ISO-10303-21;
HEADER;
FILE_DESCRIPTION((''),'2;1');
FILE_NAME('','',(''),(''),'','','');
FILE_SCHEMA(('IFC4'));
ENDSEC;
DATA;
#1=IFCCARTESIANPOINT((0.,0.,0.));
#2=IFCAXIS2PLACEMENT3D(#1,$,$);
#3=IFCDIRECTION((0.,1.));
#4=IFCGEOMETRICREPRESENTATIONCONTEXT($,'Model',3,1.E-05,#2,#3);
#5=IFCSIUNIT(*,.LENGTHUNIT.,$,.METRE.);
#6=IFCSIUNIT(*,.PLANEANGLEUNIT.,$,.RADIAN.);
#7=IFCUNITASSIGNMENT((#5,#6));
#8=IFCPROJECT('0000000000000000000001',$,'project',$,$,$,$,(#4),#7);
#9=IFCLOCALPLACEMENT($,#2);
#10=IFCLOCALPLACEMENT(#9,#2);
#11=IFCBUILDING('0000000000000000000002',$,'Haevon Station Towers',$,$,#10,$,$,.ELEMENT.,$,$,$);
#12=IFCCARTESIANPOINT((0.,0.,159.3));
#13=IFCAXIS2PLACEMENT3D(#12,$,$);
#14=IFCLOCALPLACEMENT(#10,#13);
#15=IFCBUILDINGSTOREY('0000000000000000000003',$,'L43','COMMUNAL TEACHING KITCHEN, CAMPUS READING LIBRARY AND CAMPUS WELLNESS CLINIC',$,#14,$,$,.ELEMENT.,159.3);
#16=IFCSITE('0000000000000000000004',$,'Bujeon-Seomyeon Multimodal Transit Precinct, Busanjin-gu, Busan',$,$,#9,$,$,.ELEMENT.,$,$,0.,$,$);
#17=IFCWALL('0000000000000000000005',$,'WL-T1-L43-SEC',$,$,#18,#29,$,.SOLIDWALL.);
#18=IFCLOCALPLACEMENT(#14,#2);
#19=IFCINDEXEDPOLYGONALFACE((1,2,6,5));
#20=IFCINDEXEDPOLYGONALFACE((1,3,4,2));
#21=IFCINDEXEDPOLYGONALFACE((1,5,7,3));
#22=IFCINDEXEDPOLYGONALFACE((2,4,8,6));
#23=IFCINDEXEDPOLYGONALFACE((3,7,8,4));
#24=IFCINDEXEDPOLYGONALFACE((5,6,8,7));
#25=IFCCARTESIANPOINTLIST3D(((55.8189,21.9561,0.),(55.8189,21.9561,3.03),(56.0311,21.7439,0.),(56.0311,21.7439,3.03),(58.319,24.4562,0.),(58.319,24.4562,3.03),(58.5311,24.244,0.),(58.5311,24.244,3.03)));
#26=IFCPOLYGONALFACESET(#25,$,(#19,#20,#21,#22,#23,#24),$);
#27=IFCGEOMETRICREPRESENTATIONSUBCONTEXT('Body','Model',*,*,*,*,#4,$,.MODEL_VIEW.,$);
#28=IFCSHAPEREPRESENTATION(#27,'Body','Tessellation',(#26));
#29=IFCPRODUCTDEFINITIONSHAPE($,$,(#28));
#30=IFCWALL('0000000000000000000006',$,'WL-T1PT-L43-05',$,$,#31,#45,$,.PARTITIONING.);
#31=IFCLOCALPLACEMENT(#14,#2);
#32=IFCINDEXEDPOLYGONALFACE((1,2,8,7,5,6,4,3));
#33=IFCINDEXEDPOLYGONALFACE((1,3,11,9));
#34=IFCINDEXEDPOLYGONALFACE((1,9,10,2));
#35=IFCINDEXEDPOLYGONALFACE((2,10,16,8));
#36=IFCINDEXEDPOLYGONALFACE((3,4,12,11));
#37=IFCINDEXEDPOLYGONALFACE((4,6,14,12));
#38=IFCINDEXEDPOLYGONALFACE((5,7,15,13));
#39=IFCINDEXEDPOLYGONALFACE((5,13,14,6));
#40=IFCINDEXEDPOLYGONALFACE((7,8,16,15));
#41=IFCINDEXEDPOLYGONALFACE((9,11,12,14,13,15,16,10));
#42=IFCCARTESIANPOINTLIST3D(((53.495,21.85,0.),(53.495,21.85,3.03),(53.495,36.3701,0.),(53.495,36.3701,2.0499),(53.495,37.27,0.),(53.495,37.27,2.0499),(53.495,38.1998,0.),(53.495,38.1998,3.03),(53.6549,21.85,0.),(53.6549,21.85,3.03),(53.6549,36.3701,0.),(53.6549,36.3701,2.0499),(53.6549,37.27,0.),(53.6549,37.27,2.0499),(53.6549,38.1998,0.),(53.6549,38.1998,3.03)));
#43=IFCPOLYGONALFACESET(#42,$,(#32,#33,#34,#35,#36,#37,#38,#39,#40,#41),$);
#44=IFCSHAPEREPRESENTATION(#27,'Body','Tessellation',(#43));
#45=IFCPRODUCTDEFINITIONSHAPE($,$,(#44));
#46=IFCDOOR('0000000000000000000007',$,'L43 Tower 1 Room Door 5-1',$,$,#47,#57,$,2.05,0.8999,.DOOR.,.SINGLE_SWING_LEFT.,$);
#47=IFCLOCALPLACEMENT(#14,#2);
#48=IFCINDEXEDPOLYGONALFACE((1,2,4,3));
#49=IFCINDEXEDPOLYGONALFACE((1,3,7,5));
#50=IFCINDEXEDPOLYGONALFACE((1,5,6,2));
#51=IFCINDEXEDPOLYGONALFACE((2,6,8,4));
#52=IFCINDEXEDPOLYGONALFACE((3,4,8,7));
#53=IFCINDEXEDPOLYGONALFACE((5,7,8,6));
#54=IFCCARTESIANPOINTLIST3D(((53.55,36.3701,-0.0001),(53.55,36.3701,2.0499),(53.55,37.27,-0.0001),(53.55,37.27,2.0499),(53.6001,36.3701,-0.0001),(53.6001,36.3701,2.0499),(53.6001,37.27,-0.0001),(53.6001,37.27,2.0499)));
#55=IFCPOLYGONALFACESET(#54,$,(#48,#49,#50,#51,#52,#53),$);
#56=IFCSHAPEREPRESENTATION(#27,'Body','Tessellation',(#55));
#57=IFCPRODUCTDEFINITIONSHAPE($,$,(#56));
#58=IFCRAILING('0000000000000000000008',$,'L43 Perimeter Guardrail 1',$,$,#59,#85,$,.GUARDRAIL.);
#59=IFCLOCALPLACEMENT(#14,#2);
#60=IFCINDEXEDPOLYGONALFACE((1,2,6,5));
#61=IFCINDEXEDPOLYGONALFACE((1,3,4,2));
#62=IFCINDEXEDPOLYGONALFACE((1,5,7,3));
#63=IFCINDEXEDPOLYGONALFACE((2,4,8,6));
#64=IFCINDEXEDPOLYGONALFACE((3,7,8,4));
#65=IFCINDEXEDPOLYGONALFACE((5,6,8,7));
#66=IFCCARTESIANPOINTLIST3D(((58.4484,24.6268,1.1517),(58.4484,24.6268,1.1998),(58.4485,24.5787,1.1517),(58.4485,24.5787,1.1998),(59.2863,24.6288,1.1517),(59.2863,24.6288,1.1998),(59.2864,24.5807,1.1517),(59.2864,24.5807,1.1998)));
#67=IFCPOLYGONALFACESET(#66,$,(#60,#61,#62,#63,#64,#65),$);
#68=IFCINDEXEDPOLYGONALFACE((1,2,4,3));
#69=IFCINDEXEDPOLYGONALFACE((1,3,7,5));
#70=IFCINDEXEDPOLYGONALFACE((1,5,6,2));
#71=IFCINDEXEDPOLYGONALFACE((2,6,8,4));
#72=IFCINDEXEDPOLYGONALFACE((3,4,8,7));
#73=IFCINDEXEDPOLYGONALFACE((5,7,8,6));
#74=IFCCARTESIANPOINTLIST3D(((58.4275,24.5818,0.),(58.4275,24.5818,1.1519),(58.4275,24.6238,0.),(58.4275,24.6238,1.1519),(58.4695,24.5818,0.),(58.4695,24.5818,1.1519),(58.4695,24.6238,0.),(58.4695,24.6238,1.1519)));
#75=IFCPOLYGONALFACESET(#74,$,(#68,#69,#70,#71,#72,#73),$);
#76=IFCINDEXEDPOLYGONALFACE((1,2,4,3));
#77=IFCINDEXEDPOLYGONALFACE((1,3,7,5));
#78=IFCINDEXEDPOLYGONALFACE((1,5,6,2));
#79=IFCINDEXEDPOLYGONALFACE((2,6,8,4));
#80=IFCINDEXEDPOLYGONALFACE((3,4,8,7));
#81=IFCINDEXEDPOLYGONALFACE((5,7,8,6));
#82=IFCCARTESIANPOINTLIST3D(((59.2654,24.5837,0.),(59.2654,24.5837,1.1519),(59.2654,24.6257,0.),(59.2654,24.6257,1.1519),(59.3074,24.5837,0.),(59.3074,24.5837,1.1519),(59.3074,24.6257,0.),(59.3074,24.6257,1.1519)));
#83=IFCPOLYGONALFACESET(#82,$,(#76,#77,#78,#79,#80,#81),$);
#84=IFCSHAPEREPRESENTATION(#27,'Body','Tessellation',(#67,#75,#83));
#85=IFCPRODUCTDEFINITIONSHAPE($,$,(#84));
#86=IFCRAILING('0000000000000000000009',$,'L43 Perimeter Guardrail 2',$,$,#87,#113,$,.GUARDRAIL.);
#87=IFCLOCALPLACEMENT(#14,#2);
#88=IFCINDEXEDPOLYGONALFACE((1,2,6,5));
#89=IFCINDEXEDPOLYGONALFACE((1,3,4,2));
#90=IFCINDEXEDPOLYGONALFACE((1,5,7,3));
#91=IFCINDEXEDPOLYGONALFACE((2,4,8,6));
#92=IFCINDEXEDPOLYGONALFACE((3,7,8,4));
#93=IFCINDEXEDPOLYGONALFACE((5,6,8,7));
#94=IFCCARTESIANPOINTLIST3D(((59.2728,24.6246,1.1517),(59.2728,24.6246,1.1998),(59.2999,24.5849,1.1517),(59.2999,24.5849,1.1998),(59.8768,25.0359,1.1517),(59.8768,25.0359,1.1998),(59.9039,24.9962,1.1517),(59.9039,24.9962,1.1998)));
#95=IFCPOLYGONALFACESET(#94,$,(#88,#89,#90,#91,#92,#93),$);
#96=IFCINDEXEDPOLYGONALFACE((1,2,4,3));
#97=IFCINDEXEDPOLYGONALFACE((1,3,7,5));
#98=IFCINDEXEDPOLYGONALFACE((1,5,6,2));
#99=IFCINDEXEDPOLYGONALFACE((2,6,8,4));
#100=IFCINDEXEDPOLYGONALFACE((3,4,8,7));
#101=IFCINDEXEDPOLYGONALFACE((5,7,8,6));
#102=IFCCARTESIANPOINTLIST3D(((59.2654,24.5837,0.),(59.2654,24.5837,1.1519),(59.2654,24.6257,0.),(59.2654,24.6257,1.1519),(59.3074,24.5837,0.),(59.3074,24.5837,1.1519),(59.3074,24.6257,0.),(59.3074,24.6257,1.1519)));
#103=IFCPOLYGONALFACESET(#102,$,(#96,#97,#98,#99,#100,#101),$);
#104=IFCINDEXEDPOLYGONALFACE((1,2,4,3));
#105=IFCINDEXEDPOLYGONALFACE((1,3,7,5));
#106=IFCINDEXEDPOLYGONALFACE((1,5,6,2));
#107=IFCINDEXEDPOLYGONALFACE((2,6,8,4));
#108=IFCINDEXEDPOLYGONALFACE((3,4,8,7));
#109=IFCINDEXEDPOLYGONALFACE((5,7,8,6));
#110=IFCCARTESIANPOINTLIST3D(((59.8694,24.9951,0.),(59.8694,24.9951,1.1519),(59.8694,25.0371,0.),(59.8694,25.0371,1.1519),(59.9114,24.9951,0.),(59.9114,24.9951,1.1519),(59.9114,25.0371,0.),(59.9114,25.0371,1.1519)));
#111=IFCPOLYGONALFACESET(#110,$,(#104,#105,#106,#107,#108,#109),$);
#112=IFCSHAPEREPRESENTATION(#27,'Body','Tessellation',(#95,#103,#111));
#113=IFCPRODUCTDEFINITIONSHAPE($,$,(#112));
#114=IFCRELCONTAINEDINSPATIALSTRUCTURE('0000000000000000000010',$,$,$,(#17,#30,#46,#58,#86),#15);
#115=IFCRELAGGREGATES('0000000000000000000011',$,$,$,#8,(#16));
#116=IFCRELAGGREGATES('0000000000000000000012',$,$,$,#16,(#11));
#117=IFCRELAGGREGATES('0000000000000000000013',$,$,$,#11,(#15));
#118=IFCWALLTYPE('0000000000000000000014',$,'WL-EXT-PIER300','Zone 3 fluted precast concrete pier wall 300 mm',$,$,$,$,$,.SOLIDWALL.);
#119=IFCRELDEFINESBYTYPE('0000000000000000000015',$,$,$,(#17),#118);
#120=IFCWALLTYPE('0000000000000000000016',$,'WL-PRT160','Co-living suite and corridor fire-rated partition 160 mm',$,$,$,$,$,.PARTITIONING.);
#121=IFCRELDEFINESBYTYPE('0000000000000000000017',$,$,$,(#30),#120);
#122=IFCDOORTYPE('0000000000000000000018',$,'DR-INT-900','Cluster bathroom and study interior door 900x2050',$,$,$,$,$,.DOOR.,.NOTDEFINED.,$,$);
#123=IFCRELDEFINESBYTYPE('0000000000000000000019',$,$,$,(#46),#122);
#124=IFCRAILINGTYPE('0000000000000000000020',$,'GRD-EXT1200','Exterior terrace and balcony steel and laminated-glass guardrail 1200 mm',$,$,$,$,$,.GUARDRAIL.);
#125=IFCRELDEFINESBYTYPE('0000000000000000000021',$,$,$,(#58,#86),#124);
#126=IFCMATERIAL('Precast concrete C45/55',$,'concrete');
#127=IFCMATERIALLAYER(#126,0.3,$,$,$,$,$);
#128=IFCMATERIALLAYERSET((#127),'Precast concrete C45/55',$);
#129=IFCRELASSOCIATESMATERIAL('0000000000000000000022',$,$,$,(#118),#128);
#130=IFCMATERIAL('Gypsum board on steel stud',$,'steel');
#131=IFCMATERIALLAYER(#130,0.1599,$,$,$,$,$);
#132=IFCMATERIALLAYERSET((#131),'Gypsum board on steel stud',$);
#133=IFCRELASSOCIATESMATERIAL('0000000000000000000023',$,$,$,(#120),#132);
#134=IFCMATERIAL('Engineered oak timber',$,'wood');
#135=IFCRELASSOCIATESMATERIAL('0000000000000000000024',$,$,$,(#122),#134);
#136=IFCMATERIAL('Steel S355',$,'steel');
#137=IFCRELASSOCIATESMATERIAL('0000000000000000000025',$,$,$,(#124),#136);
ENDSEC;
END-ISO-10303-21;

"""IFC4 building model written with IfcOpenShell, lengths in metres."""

from ifc_helpers import new_model, si_unit, direction, frame, frame_2d, origin, origin_2d, place, context, subcontext, project, spatial, rectangle, extrude, material, layer, layer_set, type_object, element, fill, save


model = new_model("IFC4")

# Units and contexts
model_context = context("Model", 3, precision=1e-05, world=origin(), true_north=direction((0.0, 1.0)))
body_context = subcontext(model_context, "Body", "Model", "MODEL_VIEW")
ifc_project = project(units=[si_unit("LENGTHUNIT", "METRE"), si_unit("PLANEANGLEUNIT", "RADIAN")], contexts=[model_context])

# Site, building, storey
site_placement = place(None, origin())
site = spatial("IfcSite", under=ifc_project, at=site_placement, Name="Bujeon-Seomyeon Multimodal Transit Precinct, Busanjin-gu, Busan", CompositionType="ELEMENT", RefElevation=0.0)
building_placement = place(site_placement, origin())
building = spatial("IfcBuilding", under=site, at=building_placement, Name="Haevon Station Towers", CompositionType="ELEMENT")
storey_placement = place(building_placement, frame((0.0, 0.0, 159.3)))
storey = spatial("IfcBuildingStorey", under=building, at=storey_placement, Name="L43", Description="COMMUNAL TEACHING KITCHEN, CAMPUS READING LIBRARY AND CAMPUS WELLNESS CLINIC", CompositionType="ELEMENT", Elevation=159.3)

# Shared definitions
ifc_material_1 = material(Name="Steel S355", Category="steel")

# Shared definitions
ifc_material_2 = material(Name="Gypsum board on steel stud", Category="steel")

# Shared definitions
ifc_material_3 = material(Name="Precast concrete C45/55", Category="concrete")
ifc_layer_1 = layer(ifc_material_3, 0.3)
ifc_layer_set_1 = layer_set([ifc_layer_1], Name="Precast concrete C45/55")
wall_type_1 = type_object("IfcWallType", Name="WL-EXT-PIER300", Description="Zone 3 fluted precast concrete pier wall 300 mm", PredefinedType="SOLIDWALL", material=ifc_layer_set_1)

# Wall
wall_1_placement = place(storey_placement, frame((58.425, 24.3501, 0.0), z_axis=(0.0, 0.0, 1.0), x_axis=(-0.707107, -0.707107, 0.0)))
element("IfcWall", 1, at=wall_1_placement, inside=storey, type_object=wall_type_1, Name="WL-T1-L43-SEC", PredefinedType="SOLIDWALL", context=body_context, shape_type="SweptSolid", body=[
    extrude(rectangle(XDim=3.5356, YDim=0.3, at=frame_2d((1.7678, 0.0))), origin(), (0.0, 0.0, 1.0), 3.03),
])

# Wall, opening, door
ifc_layer_2 = layer(ifc_material_2, 0.1599)
ifc_layer_set_2 = layer_set([ifc_layer_2], Name="Gypsum board on steel stud")
wall_type_2 = type_object("IfcWallType", Name="WL-PRT160", Description="Co-living suite and corridor fire-rated partition 160 mm", PredefinedType="PARTITIONING", material=ifc_layer_set_2)
wall_2_placement = place(storey_placement, frame((53.575, 21.8501, 0.0), z_axis=(0.0, 0.0, 1.0), x_axis=(0.0, 1.0, 0.0)))
wall_2 = element("IfcWall", 2, at=wall_2_placement, inside=storey, type_object=wall_type_2, Name="WL-T1PT-L43-05", PredefinedType="PARTITIONING", context=body_context, shape_type="SweptSolid", body=[
    extrude(rectangle(XDim=16.3499, YDim=0.1599, at=frame_2d((8.1748, 0.0))), origin(), (0.0, 0.0, 1.0), 3.03),
])
opening_1_placement = place(wall_2_placement, frame((14.52, 0.0, 0.0)))
opening_1 = element("IfcOpeningElement", 3, at=opening_1_placement, cuts=wall_2, PredefinedType="OPENING", context=body_context, shape_type="SweptSolid", body=[
    extrude(rectangle(XDim=0.8999, YDim=2.05, at=frame_2d((0.45, 1.0249))), frame((0.0, 0.0898, 0.0), z_axis=(0.0, -1.0, 0.0), x_axis=(1.0, 0.0, 0.0)), (0.0, 0.0, 1.0), 0.1799),
])
ifc_material_4 = material(Name="Engineered oak timber", Category="wood")
door_type_1 = type_object("IfcDoorType", Name="DR-INT-900", Description="Cluster bathroom and study interior door 900x2050", OperationType="NOTDEFINED", PredefinedType="DOOR", material=ifc_material_4)
door_1_placement = place(opening_1_placement, origin())
door_1 = element("IfcDoor", 4, at=door_1_placement, inside=storey, type_object=door_type_1, Name="L43 Tower 1 Room Door 5-1", OperationType="SINGLE_SWING_LEFT", OverallHeight=2.05, OverallWidth=0.8999, PredefinedType="DOOR", context=body_context, shape_type="SweptSolid", body=[
    extrude(rectangle(XDim=0.8999, YDim=2.05, at=frame_2d((0.45, 1.0249))), frame((0.0, 0.0249, 0.0), z_axis=(0.0, -1.0, 0.0), x_axis=(1.0, 0.0, 0.0)), (0.0, 0.0, 1.0), 0.05),
])
fill(opening_1, door_1)

# Railings
railing_type = type_object("IfcRailingType", Name="GRD-EXT1200", Description="Exterior terrace and balcony steel and laminated-glass guardrail 1200 mm", PredefinedType="GUARDRAIL", material=ifc_material_1)
railing_1_placement = place(storey_placement, frame((58.4485, 24.6028, 0.0)))
element("IfcRailing", 5, at=railing_1_placement, inside=storey, type_object=railing_type, Name="L43 Perimeter Guardrail 1", PredefinedType="GUARDRAIL", context=body_context, shape_type="SweptSolid", body=[
    extrude(rectangle(XDim=0.0481, YDim=0.0481, at=origin_2d()), frame((0.0, 0.0, 1.1758), z_axis=(0.999997, 0.002331, 0.0), x_axis=(-0.002331, 0.999997, 0.0)), (0.0, 0.0, 1.0), 0.8379),
    extrude(rectangle(XDim=0.042, YDim=0.042, at=origin_2d()), origin(), (0.0, 0.0, 1.0), 1.1519),
    extrude(rectangle(XDim=0.042, YDim=0.042, at=origin_2d()), frame((0.8379, 0.002, 0.0)), (0.0, 0.0, 1.0), 1.1519),
])
railing_2_placement = place(storey_placement, frame((59.2864, 24.6047, 0.0)))
element("IfcRailing", 6, at=railing_2_placement, inside=storey, type_object=railing_type, Name="L43 Perimeter Guardrail 2", PredefinedType="GUARDRAIL", context=body_context, shape_type="SweptSolid", body=[
    extrude(rectangle(XDim=0.0481, YDim=0.0481, at=origin_2d()), frame((0.0, 0.0, 1.1758), z_axis=(0.82651, 0.562922, 0.0), x_axis=(-0.562922, 0.82651, 0.0)), (0.0, 0.0, 1.0), 0.7307),
    extrude(rectangle(XDim=0.042, YDim=0.042, at=origin_2d()), origin(), (0.0, 0.0, 1.0), 1.1519),
    extrude(rectangle(XDim=0.042, YDim=0.042, at=origin_2d()), frame((0.604, 0.4114, 0.0)), (0.0, 0.0, 1.0), 1.1519),
])

save(model, "model.ifc")
